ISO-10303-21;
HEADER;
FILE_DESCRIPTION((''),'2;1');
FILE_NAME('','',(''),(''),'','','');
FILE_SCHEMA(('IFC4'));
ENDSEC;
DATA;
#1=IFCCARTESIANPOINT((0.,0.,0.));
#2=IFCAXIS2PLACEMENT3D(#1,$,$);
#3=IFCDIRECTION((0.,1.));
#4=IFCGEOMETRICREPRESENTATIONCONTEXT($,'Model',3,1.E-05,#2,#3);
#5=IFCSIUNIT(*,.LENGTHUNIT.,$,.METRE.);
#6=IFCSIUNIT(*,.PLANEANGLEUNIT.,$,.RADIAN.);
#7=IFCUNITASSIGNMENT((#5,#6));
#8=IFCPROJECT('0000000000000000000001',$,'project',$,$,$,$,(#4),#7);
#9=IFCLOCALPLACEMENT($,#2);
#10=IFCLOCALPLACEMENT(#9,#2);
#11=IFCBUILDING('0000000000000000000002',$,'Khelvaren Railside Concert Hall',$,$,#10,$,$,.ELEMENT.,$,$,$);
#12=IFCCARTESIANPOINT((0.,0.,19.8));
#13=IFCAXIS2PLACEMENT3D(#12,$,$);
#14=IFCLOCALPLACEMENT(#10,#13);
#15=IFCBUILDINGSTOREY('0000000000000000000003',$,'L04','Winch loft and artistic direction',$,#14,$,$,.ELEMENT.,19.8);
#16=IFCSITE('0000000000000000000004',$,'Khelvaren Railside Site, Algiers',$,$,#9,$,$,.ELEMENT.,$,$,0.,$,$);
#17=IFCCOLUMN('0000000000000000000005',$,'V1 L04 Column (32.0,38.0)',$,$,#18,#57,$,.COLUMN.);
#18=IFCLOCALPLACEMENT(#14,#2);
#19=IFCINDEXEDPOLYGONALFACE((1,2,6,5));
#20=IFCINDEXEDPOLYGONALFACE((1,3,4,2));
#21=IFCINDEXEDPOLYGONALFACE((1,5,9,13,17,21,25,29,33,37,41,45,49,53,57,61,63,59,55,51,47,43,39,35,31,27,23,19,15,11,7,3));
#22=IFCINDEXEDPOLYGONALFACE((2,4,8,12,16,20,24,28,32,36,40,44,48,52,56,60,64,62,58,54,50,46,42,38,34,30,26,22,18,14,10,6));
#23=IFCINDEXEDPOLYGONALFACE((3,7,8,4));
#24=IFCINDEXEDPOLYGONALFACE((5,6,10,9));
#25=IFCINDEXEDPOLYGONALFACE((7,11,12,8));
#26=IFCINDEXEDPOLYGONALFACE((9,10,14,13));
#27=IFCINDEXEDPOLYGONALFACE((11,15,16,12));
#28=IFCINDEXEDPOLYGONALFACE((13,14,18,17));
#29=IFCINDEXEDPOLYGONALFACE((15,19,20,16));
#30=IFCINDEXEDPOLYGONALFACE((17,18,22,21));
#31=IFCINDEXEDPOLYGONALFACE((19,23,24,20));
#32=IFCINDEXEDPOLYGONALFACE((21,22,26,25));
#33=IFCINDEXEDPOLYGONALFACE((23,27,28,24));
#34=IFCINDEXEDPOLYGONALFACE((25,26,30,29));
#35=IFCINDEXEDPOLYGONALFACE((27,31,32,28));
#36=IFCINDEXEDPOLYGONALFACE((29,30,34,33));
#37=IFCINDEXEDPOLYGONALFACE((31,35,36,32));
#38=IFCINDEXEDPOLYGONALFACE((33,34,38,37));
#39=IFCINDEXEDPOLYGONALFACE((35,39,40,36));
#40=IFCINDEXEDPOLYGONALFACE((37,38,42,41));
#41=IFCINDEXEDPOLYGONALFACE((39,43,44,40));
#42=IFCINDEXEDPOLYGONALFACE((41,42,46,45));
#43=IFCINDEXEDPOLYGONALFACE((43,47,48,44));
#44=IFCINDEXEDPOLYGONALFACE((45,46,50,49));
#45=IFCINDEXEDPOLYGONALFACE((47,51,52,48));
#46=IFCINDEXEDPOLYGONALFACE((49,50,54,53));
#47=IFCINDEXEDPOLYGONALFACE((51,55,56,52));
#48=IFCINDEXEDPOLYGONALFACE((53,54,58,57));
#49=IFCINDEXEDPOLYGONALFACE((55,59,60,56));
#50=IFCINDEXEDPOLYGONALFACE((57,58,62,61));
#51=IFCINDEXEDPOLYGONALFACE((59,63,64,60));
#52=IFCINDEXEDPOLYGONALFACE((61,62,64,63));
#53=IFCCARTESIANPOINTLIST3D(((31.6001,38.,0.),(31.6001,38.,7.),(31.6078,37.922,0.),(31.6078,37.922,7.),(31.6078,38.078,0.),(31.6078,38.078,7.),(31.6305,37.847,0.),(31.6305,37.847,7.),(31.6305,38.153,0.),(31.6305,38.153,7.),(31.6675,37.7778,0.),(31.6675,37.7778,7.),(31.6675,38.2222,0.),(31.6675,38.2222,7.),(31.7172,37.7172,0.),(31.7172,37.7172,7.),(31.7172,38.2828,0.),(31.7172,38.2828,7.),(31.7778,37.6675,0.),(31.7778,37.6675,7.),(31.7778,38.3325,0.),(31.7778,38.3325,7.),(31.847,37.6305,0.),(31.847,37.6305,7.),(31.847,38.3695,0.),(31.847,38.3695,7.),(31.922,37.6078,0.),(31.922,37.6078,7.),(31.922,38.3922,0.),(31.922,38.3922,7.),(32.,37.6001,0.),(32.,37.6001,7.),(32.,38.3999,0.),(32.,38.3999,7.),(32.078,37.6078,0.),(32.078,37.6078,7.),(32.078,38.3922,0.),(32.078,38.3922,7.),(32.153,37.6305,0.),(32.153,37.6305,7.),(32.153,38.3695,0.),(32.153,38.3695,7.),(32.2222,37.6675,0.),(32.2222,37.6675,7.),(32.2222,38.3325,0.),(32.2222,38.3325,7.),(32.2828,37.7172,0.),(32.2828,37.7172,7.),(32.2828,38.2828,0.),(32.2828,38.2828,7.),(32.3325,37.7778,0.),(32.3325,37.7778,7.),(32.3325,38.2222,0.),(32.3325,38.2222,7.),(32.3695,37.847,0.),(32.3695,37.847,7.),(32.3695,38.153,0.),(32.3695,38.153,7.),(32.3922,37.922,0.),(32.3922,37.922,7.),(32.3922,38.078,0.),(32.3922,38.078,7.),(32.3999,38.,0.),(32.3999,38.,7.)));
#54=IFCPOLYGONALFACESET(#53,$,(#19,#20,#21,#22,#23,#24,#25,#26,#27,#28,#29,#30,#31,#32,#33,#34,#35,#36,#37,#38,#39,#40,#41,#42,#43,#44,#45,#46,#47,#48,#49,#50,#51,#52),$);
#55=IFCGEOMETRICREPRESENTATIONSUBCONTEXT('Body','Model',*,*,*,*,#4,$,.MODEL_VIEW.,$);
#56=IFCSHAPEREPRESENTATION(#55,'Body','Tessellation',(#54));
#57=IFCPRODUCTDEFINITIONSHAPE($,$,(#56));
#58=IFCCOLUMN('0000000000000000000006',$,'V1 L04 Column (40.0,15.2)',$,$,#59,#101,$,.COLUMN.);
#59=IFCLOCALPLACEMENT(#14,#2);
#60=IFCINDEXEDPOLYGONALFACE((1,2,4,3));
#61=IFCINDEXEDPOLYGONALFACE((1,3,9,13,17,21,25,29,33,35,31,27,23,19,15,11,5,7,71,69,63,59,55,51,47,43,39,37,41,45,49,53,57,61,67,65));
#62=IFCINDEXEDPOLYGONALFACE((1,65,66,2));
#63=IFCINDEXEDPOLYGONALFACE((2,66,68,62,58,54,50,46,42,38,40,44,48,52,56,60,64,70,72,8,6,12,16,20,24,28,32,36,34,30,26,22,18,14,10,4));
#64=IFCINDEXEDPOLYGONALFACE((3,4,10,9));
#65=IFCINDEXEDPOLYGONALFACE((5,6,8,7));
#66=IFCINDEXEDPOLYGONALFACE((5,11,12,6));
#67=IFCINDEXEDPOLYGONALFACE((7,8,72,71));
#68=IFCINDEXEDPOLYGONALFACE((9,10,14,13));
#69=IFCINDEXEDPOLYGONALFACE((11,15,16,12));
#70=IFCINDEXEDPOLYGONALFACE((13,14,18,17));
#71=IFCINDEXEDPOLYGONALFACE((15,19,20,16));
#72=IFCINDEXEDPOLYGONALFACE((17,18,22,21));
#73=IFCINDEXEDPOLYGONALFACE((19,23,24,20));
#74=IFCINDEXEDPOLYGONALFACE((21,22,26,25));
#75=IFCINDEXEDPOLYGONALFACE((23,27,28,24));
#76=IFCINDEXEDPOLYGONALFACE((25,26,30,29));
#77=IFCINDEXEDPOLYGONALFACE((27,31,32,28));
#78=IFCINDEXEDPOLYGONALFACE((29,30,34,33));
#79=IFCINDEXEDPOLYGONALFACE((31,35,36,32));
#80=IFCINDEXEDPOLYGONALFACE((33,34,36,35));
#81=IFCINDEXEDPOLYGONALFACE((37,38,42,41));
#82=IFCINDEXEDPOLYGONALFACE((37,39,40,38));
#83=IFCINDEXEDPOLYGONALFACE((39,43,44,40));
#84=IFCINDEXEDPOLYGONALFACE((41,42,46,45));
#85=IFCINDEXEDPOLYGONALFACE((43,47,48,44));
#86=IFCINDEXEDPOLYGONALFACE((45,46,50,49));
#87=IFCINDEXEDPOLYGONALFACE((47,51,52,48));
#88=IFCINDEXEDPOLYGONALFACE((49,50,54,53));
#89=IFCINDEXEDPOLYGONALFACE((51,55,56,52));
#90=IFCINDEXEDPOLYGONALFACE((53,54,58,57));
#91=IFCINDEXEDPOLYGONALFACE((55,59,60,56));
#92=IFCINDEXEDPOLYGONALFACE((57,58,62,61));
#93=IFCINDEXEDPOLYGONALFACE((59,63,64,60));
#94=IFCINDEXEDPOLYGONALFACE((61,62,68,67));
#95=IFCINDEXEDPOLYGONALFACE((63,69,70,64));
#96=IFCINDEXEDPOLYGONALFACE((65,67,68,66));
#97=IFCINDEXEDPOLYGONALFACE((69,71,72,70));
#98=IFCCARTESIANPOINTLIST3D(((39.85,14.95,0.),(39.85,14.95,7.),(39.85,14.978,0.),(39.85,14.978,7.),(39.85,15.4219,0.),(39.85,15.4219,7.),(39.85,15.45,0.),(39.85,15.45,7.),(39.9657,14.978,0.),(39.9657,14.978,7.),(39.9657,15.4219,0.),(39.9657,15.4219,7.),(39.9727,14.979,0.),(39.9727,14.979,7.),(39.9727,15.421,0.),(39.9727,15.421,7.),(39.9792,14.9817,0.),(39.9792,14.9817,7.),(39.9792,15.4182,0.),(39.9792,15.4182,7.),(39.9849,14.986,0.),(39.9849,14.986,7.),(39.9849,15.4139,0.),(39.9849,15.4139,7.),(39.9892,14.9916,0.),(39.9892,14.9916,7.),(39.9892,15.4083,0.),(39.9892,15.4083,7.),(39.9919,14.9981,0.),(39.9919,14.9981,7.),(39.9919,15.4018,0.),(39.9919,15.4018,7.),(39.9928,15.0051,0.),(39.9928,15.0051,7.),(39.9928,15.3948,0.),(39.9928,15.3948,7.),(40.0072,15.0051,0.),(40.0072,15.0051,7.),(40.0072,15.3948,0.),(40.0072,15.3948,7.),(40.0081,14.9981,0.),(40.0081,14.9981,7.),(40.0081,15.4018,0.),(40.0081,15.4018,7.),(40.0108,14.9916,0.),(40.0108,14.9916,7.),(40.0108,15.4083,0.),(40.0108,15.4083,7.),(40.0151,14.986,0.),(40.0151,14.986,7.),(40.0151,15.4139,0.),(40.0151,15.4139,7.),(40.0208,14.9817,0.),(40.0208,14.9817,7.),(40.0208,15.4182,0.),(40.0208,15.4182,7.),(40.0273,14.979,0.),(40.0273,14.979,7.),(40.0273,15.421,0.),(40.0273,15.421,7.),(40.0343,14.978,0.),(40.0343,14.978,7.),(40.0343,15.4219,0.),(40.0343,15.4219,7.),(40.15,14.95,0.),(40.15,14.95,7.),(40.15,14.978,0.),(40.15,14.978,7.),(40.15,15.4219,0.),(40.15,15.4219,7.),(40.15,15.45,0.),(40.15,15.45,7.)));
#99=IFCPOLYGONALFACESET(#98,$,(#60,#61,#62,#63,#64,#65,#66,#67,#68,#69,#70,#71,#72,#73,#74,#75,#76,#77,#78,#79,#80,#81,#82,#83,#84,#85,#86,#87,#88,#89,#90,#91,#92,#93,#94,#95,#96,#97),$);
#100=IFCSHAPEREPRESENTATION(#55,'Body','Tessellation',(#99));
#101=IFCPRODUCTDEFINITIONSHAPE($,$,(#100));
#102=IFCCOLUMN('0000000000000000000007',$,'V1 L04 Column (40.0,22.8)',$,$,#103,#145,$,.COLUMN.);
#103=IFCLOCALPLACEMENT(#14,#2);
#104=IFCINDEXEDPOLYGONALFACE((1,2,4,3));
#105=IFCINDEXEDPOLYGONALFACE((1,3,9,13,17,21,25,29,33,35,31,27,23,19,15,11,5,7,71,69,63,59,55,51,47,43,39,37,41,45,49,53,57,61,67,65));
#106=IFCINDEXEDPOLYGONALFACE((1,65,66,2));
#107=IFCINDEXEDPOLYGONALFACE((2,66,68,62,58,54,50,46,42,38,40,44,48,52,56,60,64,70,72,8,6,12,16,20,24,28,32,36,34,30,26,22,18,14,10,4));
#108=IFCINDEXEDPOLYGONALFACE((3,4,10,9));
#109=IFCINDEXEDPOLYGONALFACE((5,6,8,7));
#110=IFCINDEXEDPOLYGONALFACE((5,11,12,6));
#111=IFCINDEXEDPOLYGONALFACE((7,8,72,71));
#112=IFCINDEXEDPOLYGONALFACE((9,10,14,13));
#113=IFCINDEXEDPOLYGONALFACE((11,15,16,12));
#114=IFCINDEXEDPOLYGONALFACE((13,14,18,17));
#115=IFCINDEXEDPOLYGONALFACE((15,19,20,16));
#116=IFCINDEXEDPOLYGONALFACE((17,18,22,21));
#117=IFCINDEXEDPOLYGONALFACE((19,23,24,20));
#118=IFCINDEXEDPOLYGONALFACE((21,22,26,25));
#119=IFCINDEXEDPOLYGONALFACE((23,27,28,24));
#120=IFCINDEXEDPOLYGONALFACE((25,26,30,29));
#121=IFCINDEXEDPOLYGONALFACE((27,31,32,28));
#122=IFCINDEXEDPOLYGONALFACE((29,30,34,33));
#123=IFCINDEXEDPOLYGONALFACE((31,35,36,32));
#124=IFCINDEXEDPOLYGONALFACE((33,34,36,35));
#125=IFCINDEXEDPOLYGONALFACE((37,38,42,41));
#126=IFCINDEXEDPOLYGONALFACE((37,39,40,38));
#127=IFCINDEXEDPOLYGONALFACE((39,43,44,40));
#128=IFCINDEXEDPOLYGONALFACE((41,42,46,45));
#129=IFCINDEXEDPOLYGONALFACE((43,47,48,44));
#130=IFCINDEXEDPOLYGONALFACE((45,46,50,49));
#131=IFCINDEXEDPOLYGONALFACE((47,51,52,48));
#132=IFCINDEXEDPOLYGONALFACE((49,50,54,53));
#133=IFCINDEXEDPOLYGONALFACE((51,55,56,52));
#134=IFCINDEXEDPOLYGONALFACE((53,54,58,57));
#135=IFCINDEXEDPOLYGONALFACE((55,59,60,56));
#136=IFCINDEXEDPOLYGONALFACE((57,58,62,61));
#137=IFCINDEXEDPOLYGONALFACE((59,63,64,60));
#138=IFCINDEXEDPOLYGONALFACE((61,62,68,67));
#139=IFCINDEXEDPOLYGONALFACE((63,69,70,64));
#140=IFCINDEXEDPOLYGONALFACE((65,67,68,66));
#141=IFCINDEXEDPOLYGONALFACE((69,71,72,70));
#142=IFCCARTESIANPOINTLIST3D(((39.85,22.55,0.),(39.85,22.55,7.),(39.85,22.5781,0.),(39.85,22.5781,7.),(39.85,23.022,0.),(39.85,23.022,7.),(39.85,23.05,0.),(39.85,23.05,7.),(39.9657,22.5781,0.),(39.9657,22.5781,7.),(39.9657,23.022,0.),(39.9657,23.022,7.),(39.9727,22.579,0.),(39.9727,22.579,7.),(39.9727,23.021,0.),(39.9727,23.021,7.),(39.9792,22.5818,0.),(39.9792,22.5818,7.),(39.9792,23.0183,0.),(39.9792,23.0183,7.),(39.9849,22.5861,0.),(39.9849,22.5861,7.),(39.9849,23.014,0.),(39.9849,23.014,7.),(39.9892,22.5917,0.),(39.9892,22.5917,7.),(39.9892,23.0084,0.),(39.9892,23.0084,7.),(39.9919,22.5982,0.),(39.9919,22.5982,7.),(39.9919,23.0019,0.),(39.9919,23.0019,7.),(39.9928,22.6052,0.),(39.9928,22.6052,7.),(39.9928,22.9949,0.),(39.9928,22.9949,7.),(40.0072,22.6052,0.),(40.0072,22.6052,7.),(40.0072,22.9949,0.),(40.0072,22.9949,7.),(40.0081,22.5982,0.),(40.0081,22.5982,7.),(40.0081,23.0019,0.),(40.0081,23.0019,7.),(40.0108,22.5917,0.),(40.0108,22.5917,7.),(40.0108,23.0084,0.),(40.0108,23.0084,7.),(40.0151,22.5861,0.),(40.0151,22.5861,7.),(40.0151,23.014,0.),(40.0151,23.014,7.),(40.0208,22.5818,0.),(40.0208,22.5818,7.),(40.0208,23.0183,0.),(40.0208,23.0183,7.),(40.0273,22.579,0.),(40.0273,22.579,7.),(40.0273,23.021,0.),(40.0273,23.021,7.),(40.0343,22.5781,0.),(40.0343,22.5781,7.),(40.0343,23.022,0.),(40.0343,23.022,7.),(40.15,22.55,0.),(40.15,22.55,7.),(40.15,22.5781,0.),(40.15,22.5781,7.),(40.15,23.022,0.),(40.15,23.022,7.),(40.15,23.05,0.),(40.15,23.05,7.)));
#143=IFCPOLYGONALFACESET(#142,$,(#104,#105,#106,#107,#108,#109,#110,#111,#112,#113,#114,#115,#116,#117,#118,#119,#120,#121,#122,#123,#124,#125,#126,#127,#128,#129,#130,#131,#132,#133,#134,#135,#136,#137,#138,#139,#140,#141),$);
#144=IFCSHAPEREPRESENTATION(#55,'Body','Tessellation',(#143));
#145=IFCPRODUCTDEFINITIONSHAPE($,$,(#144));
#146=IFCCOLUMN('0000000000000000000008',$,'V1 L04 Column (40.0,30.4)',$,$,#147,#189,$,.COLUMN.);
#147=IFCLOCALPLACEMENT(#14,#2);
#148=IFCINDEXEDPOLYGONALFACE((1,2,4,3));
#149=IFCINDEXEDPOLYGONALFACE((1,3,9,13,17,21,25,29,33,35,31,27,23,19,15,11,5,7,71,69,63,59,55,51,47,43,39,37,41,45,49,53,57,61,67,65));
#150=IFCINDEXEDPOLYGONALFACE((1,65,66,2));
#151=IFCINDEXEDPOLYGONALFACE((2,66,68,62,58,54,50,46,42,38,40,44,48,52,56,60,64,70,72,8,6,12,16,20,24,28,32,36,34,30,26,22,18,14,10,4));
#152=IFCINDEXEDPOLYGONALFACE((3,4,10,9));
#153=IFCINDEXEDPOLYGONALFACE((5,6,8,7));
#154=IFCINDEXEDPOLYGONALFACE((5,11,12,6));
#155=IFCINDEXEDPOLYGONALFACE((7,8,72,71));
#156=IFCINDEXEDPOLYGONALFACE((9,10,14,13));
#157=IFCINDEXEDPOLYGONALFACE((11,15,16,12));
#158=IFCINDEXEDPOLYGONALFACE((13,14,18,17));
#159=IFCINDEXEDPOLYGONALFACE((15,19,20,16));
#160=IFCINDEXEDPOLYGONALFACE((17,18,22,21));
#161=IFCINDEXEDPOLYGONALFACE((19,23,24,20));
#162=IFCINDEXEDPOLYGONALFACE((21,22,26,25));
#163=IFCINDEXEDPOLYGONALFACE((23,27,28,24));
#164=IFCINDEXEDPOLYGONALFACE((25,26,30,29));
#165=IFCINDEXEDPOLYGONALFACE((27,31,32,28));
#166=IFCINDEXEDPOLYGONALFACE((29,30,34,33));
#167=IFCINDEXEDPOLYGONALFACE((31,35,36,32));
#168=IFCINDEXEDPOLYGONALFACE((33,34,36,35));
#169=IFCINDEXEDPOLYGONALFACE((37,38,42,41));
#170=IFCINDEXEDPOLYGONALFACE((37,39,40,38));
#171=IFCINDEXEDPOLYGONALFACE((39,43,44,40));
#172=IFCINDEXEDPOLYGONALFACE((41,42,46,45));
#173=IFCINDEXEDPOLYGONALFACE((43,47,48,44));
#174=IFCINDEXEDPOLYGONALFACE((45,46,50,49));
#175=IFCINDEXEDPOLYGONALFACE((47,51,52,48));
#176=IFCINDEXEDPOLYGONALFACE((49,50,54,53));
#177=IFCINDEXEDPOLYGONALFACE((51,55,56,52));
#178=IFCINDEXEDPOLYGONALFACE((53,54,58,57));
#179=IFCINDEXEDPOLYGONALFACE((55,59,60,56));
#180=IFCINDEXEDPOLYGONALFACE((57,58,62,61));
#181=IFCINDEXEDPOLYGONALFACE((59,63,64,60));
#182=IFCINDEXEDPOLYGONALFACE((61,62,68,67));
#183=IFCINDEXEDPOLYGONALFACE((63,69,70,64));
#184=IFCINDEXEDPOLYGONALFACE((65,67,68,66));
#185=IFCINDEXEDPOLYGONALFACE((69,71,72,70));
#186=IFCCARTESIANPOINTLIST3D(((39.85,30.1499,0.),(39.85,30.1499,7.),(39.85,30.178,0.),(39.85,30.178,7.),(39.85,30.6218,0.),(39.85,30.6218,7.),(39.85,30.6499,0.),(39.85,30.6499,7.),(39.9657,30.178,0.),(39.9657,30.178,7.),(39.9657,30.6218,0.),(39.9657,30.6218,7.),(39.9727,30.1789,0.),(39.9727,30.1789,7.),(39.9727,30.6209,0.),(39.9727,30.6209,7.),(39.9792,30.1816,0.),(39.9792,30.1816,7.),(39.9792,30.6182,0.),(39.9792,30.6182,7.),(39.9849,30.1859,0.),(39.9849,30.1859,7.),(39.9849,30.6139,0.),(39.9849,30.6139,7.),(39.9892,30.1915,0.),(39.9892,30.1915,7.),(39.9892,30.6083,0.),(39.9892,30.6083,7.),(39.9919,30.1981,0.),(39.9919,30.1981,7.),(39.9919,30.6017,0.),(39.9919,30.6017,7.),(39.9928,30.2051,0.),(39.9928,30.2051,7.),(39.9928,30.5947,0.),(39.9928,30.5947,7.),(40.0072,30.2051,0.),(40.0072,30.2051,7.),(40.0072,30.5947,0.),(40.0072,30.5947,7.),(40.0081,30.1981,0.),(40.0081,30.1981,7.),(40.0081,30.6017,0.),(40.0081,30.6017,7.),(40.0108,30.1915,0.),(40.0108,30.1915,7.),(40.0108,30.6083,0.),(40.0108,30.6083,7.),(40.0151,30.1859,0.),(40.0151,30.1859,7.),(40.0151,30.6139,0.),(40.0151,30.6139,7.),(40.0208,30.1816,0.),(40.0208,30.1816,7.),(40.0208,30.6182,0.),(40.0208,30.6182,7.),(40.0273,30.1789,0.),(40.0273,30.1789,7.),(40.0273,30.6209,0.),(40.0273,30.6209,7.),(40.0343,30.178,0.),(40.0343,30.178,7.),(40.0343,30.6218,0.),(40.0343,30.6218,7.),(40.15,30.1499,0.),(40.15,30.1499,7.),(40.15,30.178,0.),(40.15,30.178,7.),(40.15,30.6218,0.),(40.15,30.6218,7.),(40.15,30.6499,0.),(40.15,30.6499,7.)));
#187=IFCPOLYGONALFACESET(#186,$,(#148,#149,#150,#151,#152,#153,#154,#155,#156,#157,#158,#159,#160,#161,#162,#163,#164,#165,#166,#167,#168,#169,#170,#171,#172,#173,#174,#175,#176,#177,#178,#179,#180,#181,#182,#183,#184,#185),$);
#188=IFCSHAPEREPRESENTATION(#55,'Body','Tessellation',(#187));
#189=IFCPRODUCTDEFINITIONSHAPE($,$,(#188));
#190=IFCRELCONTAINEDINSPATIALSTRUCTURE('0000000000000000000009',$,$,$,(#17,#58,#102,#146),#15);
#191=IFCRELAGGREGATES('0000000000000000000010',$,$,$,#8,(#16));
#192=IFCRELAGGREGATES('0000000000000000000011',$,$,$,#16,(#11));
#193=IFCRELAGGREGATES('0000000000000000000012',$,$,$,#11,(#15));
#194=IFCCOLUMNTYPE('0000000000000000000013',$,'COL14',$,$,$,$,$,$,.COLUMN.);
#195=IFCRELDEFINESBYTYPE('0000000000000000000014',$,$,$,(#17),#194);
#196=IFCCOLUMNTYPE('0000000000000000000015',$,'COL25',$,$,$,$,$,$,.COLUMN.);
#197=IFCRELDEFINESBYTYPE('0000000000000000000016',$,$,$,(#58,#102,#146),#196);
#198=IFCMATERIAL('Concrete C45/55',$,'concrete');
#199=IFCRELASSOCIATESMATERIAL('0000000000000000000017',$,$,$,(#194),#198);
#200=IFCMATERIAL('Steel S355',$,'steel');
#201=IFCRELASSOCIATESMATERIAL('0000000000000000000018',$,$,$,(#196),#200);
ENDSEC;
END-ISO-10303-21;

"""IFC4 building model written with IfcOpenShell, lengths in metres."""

from ifc_helpers import new_model, si_unit, direction, frame, origin, origin_2d, place, context, subcontext, project, spatial, circle, i_section, extrude, material, material_profile, profile_set, type_object, element, save


model = new_model("IFC4")

# Units and contexts
model_context = context("Model", 3, precision=1e-05, world=origin(), true_north=direction((0.0, 1.0)))
body_context = subcontext(model_context, "Body", "Model", "MODEL_VIEW")
ifc_project = project(units=[si_unit("LENGTHUNIT", "METRE"), si_unit("PLANEANGLEUNIT", "RADIAN")], contexts=[model_context])

# Site, building, storey
site_placement = place(None, origin())
site = spatial("IfcSite", under=ifc_project, at=site_placement, Name="Khelvaren Railside Site, Algiers", CompositionType="ELEMENT", RefElevation=0.0)
building_placement = place(site_placement, origin())
building = spatial("IfcBuilding", under=site, at=building_placement, Name="Khelvaren Railside Concert Hall", CompositionType="ELEMENT")
storey_placement = place(building_placement, frame((0.0, 0.0, 19.8)))
storey = spatial("IfcBuildingStorey", under=building, at=storey_placement, Name="L04", Description="Winch loft and artistic direction", CompositionType="ELEMENT", Elevation=19.8)

# Columns
ifc_material_1 = material(Name="Concrete C45/55", Category="concrete")
ifc_material_profile_1 = material_profile(ifc_material_1, circle(Radius=0.3999, at=origin_2d()), Name="RC D800")
ifc_profile_set_1 = profile_set([ifc_material_profile_1], Name="Concrete C45/55")
column_type_1 = type_object("IfcColumnType", Name="COL14", PredefinedType="COLUMN", material=ifc_profile_set_1)
column_1_placement = place(storey_placement, frame((32.0, 38.0, 0.0), z_axis=(0.0, 0.0, 1.0), x_axis=(1.0, 0.0, 0.0)))
element("IfcColumn", 1, at=column_1_placement, inside=storey, type_object=column_type_1, Name="V1 L04 Column (32.0,38.0)", PredefinedType="COLUMN", context=body_context, shape_type="SweptSolid", body=[
    extrude(circle(Radius=0.3999, at=origin_2d()), origin(), (0.0, 0.0, 1.0), 7.0),
])
ifc_material_2 = material(Name="Steel S355", Category="steel")
ifc_material_profile_2 = material_profile(ifc_material_2, i_section(OverallWidth=0.3, OverallDepth=0.5, WebThickness=0.0144, FlangeThickness=0.0281, FilletRadius=0.0271, at=origin_2d()), Name="HEB 500")
ifc_profile_set_2 = profile_set([ifc_material_profile_2], Name="Steel S355")
column_type_2 = type_object("IfcColumnType", Name="COL25", PredefinedType="COLUMN", material=ifc_profile_set_2)
for number, where, z_axis, x_axis, name in (
    (2, (40.0, 15.2, 0.0), (0.0, 0.0, 1.0), (1.0, 0.0, 0.0), "V1 L04 Column (40.0,15.2)"),
    (3, (40.0, 22.8, 0.0), (0.0, 0.0, 1.0), (1.0, 0.0, 0.0), "V1 L04 Column (40.0,22.8)"),
    (4, (40.0, 30.3999, 0.0), (0.0, 0.0, 1.0), (1.0, 0.0, 0.0), "V1 L04 Column (40.0,30.4)"),
):
    element("IfcColumn", number, at=place(storey_placement, frame(where, z_axis=z_axis, x_axis=x_axis)), inside=storey, type_object=column_type_2, Name=name, PredefinedType="COLUMN", context=body_context, shape_type="SweptSolid", body=[
        extrude(i_section(OverallWidth=0.3, OverallDepth=0.5, WebThickness=0.0144, FlangeThickness=0.0281, FilletRadius=0.0271, at=origin_2d()), origin(), (0.0, 0.0, 1.0), 7.0),
    ])

save(model, "model.ifc")
